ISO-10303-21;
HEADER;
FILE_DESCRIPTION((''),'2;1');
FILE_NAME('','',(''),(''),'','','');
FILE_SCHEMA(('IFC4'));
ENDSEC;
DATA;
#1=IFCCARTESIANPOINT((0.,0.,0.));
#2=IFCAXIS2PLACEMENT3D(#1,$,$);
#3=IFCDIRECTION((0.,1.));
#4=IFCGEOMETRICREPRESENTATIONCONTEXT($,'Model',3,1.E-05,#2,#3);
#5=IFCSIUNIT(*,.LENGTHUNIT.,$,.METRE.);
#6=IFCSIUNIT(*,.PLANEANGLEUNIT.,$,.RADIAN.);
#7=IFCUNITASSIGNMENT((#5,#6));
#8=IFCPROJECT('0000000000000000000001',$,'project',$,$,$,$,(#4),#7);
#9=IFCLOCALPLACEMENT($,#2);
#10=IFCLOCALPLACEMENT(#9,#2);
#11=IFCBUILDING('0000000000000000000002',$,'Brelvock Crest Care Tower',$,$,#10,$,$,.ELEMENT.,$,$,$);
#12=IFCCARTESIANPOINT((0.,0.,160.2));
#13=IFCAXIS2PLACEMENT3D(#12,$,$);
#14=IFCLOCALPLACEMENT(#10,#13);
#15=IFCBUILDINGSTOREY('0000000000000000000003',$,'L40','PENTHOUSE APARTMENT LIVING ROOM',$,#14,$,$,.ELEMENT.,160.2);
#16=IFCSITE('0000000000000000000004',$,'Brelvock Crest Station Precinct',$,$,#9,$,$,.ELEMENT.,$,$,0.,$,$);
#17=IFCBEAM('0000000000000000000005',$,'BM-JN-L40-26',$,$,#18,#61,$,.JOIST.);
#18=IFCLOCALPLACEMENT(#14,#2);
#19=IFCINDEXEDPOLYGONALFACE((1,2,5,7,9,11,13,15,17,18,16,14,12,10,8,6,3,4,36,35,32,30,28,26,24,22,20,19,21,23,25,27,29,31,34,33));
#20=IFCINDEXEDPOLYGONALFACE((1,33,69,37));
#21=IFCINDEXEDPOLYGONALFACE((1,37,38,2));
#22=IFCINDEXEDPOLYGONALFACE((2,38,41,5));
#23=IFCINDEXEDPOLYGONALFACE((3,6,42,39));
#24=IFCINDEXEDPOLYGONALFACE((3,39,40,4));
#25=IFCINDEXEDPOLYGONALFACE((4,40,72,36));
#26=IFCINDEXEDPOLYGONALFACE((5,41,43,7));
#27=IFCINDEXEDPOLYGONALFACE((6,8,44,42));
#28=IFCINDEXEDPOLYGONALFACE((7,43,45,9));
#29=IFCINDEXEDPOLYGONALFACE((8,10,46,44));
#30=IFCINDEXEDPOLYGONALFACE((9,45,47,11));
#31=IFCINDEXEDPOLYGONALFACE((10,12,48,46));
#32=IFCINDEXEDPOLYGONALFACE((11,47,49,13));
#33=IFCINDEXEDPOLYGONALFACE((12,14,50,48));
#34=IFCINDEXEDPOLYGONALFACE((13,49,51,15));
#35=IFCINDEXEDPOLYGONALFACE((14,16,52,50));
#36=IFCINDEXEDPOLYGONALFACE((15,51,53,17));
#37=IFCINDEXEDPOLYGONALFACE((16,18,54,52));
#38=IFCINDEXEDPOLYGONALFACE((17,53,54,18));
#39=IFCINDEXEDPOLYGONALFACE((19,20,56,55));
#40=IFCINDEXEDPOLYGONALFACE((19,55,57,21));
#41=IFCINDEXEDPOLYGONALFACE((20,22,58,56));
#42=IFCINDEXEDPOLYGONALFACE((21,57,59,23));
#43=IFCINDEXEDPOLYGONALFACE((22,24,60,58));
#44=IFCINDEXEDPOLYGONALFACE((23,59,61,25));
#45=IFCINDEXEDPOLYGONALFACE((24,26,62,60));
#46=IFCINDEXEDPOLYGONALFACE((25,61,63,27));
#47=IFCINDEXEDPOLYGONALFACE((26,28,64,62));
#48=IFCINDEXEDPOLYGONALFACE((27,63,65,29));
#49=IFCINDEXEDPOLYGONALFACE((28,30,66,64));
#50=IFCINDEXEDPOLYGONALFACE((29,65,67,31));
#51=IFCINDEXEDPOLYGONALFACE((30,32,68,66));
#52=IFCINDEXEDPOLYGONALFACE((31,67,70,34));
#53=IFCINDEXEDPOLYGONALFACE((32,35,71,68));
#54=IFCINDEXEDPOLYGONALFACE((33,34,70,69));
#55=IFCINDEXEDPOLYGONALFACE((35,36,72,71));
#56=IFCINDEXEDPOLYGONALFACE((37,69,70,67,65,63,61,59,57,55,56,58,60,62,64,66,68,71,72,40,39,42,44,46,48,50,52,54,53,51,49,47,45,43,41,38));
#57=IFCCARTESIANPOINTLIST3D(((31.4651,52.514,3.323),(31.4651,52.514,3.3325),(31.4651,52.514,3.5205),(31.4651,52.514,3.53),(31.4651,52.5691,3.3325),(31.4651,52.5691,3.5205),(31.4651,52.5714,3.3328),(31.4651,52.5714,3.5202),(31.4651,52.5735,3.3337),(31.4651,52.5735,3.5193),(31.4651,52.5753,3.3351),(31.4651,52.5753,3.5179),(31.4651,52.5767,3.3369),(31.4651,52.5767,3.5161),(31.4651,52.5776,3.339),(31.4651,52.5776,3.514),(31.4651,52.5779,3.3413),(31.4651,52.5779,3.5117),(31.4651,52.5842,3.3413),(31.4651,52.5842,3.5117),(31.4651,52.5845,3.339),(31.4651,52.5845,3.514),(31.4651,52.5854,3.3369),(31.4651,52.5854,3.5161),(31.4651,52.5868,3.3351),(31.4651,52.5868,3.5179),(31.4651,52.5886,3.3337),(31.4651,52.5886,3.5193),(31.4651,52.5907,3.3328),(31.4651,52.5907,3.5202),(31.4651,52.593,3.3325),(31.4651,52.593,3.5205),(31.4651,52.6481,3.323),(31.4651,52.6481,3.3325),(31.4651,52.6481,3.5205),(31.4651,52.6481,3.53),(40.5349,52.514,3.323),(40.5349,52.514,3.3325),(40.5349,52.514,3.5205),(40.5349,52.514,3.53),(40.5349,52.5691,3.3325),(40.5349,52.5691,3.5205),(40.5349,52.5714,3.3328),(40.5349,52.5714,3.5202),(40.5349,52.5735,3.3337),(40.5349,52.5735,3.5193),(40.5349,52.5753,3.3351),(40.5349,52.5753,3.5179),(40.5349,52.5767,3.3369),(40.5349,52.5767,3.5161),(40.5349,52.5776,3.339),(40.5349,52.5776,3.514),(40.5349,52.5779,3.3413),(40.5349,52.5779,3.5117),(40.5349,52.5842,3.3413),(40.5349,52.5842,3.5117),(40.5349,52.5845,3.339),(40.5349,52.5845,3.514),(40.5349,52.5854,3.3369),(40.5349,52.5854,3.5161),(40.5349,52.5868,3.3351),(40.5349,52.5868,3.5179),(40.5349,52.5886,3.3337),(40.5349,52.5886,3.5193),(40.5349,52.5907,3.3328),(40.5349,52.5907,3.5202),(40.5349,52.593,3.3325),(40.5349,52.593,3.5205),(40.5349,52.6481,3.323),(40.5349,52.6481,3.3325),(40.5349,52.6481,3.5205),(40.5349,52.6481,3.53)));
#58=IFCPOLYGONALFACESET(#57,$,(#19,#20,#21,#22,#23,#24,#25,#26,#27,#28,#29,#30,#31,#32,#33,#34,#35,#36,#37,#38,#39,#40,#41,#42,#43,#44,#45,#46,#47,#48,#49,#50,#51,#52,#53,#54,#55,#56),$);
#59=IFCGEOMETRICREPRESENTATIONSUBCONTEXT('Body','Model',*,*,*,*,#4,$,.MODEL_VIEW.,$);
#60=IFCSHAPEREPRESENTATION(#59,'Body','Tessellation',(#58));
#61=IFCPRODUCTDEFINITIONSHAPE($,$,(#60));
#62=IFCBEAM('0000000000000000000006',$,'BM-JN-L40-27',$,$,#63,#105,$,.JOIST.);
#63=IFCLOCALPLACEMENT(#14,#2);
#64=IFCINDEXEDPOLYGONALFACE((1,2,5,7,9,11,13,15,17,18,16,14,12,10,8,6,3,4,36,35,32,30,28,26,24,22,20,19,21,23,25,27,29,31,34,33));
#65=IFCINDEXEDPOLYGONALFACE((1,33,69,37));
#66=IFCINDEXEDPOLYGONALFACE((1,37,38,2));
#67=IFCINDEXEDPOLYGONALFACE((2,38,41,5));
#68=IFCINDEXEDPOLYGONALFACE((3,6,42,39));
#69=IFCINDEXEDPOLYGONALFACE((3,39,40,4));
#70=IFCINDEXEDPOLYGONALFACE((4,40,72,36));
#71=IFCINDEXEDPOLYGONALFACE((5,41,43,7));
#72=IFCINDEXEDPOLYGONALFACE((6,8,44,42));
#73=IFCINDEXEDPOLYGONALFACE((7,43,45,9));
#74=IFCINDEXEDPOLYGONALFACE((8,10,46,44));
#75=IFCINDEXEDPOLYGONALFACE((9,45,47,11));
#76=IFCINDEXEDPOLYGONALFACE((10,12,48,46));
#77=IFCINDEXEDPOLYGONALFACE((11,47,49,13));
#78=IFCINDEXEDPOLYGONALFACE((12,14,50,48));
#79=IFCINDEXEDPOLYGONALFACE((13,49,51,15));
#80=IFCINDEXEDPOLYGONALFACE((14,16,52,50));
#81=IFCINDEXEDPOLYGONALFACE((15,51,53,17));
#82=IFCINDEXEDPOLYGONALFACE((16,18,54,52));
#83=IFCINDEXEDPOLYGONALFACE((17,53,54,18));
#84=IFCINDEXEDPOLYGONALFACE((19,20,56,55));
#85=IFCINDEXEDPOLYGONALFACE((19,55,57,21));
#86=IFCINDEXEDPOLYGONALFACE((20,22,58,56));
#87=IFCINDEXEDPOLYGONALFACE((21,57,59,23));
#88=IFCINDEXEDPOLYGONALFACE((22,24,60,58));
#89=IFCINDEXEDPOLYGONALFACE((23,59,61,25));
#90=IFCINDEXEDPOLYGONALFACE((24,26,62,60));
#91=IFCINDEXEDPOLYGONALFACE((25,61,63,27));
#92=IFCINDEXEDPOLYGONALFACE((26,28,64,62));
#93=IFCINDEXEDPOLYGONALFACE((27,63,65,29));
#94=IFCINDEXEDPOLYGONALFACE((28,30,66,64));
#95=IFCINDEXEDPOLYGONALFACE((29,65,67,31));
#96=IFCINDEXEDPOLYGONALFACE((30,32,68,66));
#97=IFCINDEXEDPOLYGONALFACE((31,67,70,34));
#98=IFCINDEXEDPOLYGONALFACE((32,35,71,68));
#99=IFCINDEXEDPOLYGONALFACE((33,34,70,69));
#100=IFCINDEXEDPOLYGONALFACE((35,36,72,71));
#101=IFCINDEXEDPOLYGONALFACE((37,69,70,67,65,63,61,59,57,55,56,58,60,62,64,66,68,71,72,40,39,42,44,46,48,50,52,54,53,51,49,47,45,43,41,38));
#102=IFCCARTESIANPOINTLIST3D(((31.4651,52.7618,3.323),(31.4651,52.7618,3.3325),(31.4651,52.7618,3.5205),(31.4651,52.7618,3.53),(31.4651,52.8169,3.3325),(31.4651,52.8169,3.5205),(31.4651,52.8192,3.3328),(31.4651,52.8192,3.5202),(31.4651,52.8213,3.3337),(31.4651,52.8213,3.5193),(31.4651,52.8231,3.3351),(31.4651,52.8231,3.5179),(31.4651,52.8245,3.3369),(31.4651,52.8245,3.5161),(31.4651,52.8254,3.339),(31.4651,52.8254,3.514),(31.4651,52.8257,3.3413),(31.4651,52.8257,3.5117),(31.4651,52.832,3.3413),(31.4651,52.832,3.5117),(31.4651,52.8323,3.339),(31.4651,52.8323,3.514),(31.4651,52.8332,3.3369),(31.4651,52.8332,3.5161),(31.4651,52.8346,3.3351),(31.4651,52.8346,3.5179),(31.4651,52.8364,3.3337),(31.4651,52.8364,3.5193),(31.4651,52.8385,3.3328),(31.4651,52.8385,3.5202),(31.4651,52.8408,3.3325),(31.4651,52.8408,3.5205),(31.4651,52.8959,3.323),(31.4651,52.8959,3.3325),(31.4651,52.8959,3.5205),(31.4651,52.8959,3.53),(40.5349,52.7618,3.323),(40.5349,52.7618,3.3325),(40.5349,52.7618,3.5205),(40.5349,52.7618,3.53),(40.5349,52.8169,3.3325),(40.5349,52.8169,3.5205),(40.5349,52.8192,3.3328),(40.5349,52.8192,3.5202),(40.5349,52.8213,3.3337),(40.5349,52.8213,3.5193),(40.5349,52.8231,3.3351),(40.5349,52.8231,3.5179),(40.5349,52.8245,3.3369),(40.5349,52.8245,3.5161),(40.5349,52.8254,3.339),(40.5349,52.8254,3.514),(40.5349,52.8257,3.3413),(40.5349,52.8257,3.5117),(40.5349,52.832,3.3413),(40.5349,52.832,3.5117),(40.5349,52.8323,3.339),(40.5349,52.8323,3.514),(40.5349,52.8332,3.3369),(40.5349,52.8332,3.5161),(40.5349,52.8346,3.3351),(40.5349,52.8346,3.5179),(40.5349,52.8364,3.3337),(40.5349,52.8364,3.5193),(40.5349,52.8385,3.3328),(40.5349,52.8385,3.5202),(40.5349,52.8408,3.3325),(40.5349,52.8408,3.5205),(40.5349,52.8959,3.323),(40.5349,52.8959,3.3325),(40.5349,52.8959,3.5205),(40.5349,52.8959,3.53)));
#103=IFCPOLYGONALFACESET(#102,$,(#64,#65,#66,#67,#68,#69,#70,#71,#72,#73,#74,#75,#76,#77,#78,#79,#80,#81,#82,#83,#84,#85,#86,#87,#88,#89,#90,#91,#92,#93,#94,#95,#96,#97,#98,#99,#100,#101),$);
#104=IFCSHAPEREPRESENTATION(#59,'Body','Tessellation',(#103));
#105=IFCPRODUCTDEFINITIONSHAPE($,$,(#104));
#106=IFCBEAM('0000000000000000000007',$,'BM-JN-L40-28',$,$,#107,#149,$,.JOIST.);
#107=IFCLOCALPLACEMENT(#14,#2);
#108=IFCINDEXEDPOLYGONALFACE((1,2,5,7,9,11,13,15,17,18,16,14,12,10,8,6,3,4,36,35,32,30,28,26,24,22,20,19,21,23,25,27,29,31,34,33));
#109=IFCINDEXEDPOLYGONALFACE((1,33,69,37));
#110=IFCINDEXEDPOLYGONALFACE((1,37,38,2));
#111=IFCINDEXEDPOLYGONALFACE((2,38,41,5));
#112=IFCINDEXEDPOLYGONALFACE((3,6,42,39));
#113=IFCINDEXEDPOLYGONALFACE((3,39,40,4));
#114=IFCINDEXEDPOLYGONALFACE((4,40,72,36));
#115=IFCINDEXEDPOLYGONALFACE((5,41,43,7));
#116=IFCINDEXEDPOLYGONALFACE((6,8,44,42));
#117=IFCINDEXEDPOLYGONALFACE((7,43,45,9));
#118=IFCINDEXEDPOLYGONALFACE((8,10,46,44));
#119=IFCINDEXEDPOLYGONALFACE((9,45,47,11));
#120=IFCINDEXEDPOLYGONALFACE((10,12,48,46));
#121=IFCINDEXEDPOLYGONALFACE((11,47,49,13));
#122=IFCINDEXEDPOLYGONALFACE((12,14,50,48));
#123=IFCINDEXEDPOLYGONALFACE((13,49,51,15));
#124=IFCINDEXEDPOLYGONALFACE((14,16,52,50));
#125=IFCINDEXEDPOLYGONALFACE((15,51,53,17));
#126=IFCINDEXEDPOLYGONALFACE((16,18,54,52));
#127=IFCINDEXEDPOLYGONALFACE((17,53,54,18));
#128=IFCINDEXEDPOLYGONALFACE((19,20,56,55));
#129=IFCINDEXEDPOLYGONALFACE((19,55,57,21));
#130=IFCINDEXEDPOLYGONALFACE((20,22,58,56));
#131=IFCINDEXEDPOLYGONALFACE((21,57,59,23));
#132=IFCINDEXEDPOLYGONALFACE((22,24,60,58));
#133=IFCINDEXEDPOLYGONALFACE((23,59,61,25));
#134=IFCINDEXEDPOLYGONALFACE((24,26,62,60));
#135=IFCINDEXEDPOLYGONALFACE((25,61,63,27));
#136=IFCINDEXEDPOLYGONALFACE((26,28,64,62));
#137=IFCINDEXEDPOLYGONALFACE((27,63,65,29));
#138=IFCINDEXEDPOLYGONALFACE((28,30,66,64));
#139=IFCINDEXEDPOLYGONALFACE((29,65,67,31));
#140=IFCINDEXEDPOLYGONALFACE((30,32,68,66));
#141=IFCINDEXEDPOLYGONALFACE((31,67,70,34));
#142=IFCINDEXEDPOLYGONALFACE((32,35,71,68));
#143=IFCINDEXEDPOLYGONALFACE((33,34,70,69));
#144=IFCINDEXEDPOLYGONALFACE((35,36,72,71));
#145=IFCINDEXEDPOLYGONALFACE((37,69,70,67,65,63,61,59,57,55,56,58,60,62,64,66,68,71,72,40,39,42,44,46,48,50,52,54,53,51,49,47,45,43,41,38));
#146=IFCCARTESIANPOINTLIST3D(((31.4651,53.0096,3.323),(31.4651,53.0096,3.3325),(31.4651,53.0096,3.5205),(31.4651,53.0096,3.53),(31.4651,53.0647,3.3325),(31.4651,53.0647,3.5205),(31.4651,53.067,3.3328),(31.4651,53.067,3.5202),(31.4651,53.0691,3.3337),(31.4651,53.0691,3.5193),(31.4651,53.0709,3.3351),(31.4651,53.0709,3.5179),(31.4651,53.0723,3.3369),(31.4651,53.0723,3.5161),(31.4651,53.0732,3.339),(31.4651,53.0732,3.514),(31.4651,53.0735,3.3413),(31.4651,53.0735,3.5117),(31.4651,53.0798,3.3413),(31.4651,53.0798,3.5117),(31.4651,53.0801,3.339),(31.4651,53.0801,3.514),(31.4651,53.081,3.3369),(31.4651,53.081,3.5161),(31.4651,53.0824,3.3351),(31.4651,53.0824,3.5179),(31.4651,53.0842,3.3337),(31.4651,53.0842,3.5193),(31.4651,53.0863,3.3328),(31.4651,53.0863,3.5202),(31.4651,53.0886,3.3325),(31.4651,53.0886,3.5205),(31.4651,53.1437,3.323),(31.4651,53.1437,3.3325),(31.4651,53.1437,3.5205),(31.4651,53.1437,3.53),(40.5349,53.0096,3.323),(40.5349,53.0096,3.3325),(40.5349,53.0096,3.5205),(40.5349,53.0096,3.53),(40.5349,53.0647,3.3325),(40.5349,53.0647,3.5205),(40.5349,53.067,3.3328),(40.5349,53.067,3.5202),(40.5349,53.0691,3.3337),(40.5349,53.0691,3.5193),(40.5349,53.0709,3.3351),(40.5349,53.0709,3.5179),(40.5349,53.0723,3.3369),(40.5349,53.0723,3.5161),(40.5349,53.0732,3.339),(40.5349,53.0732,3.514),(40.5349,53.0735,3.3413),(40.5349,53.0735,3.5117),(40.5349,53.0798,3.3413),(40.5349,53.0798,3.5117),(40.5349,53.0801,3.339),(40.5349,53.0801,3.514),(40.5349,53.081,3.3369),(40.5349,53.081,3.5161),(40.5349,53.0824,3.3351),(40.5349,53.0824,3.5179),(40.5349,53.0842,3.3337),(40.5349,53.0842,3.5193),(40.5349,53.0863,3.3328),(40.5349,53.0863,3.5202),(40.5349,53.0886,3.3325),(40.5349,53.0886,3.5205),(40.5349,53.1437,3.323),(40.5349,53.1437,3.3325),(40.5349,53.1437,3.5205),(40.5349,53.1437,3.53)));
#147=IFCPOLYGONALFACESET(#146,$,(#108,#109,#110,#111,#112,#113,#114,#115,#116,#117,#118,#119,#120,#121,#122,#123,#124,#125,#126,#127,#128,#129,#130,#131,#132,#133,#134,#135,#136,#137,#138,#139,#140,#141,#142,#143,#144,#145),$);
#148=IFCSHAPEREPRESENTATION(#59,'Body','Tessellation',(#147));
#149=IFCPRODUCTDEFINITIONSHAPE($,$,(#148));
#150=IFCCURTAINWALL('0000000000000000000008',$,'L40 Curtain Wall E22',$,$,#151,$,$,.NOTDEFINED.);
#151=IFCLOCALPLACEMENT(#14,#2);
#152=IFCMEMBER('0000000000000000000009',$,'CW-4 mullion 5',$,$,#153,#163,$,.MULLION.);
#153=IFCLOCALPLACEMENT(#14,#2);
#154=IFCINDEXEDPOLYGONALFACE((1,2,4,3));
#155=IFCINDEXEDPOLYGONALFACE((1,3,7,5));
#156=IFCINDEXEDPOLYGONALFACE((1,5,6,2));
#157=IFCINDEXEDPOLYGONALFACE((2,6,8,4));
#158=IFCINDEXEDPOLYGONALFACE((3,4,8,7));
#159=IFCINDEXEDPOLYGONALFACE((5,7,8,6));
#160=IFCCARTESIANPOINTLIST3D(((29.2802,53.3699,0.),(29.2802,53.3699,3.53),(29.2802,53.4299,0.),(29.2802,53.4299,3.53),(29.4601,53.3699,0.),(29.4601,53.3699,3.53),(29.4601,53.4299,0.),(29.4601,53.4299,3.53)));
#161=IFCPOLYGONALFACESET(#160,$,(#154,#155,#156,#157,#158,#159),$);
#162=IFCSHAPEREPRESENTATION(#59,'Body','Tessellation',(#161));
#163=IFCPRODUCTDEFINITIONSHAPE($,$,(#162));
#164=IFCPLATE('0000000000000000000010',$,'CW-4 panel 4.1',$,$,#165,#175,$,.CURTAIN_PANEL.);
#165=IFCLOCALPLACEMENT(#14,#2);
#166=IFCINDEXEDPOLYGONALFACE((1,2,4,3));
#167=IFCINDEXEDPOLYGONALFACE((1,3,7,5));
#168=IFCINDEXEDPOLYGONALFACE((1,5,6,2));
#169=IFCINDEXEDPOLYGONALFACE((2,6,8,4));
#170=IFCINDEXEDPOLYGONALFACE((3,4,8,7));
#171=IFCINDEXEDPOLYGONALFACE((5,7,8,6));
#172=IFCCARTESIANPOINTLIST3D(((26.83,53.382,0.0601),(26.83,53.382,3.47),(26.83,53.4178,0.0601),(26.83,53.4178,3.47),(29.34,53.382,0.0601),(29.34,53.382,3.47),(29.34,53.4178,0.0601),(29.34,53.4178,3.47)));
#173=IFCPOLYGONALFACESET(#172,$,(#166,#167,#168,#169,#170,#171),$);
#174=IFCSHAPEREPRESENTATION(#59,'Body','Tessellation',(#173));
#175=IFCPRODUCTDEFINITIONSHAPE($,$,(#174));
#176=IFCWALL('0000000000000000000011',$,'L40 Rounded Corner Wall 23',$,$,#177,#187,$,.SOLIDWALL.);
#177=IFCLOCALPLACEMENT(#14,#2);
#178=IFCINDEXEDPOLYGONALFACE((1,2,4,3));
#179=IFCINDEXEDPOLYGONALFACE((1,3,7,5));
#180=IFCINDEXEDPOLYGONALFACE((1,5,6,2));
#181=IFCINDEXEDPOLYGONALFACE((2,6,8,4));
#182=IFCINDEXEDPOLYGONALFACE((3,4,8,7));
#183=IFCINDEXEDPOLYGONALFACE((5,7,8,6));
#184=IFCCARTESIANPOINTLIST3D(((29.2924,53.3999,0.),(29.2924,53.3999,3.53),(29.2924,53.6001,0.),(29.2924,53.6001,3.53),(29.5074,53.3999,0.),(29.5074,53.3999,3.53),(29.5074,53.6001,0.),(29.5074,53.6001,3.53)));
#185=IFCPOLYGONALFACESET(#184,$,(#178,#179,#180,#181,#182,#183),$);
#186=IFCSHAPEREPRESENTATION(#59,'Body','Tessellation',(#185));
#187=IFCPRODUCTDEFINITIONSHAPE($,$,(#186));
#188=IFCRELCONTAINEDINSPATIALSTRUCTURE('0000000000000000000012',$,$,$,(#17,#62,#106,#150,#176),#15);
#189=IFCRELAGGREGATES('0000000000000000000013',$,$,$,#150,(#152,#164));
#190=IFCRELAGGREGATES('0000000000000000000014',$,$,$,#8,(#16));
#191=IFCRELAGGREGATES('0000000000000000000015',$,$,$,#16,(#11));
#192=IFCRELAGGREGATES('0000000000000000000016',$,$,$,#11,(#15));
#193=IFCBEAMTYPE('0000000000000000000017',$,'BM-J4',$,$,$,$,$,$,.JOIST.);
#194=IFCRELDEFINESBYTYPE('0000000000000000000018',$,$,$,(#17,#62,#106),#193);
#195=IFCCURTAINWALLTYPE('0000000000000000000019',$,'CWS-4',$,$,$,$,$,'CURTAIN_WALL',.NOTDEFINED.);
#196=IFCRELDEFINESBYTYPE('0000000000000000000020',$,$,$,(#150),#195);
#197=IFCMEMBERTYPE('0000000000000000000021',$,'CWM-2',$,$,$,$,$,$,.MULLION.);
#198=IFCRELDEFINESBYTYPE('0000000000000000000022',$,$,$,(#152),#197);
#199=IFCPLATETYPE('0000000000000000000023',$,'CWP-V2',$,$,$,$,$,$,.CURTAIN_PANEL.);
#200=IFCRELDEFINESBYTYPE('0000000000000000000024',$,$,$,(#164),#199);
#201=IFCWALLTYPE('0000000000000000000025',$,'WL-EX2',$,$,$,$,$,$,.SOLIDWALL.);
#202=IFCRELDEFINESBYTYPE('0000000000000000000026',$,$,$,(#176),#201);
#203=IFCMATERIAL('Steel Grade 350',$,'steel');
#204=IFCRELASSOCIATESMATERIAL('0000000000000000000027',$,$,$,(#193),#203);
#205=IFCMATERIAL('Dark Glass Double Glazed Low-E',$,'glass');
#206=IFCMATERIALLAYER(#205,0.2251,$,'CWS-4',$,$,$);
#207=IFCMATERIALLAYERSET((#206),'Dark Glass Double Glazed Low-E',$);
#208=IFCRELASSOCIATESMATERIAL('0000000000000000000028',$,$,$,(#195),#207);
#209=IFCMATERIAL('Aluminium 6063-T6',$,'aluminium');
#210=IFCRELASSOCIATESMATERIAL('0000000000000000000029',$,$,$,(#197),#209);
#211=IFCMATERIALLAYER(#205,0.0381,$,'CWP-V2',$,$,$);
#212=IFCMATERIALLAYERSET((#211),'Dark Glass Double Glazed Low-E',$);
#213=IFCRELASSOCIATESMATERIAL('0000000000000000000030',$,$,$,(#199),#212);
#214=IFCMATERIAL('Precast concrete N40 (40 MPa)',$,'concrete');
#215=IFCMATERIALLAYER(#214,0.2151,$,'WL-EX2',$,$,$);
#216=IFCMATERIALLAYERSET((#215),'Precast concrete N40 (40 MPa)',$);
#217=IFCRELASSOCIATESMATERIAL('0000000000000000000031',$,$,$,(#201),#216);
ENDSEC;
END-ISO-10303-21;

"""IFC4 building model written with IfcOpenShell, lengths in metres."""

from ifc_helpers import new_model, si_unit, direction, frame, frame_2d, origin, origin_2d, place, context, subcontext, project, spatial, rectangle, i_section, extrude, source, transform, mapped, material, layer, layer_set, material_profile, profile_set, type_object, element, aggregate, save


model = new_model("IFC4")

# Units and contexts
model_context = context("Model", 3, precision=1e-05, world=origin(), true_north=direction((0.0, 1.0)))
body_context = subcontext(model_context, "Body", "Model", "MODEL_VIEW")
ifc_project = project(units=[si_unit("LENGTHUNIT", "METRE"), si_unit("PLANEANGLEUNIT", "RADIAN")], contexts=[model_context])

# Site, building, storey
site_placement = place(None, origin())
site = spatial("IfcSite", under=ifc_project, at=site_placement, Name="Brelvock Crest Station Precinct", CompositionType="ELEMENT", RefElevation=0.0)
building_placement = place(site_placement, origin())
building = spatial("IfcBuilding", under=site, at=building_placement, Name="Brelvock Crest Care Tower", CompositionType="ELEMENT")
storey_placement = place(building_placement, frame((0.0, 0.0, 160.2)))
storey = spatial("IfcBuildingStorey", under=building, at=storey_placement, Name="L40", Description="PENTHOUSE APARTMENT LIVING ROOM", CompositionType="ELEMENT", Elevation=160.2)

# Shared definitions
ifc_material_1 = material(Name="Steel Grade 350", Category="steel")

# Beams
ifc_material_profile_1 = material_profile(ifc_material_1, i_section(OverallWidth=0.134, OverallDepth=0.207, WebThickness=0.0063, FlangeThickness=0.0095, FilletRadius=0.0088, at=origin_2d()), Name="200UB29.8")
ifc_profile_set_1 = profile_set([ifc_material_profile_1], Name="Steel Grade 350")
beam_type_1 = type_object("IfcBeamType", Name="BM-J4", PredefinedType="JOIST", material=ifc_profile_set_1)
shared_shape_1 = source(origin(), body_context, "Body", "SweptSolid", [
    extrude(i_section(OverallWidth=0.134, OverallDepth=0.207, WebThickness=0.0063, FlangeThickness=0.0095, FilletRadius=0.0088, at=origin_2d()), origin(), (0.0, 0.0, 1.0), 9.0698),
])
for number, where, z_axis, x_axis, name in (
    (1, (31.4651, 52.5811, 3.4265), (1.0, 0.0, 0.0), (0.0, 1.0, 0.0), "BM-JN-L40-26"),
    (2, (31.4651, 52.8289, 3.4265), (1.0, 0.0, 0.0), (0.0, 1.0, 0.0), "BM-JN-L40-27"),
    (3, (31.4651, 53.0767, 3.4265), (1.0, 0.0, 0.0), (0.0, 1.0, 0.0), "BM-JN-L40-28"),
):
    element("IfcBeam", number, at=place(storey_placement, frame(where, z_axis=z_axis, x_axis=x_axis)), inside=storey, type_object=beam_type_1, Name=name, PredefinedType="JOIST", context=body_context, shape_type="MappedRepresentation", body=[
        mapped(shared_shape_1, transform((0.0, 0.0, 0.0), x_axis=(1.0, 0.0, 0.0), y_axis=(0.0, 1.0, 0.0), z_axis=(0.0, 0.0, 1.0), scale=1.0)),
    ])

# Curtain wall, member, plate
ifc_material_2 = material(Name="Dark Glass Double Glazed Low-E", Category="glass")
ifc_layer_1 = layer(ifc_material_2, 0.2251, Name="CWS-4")
ifc_layer_set_1 = layer_set([ifc_layer_1], Name="Dark Glass Double Glazed Low-E")
curtain_wall_type = type_object("IfcCurtainWallType", Name="CWS-4", ElementType="CURTAIN_WALL", PredefinedType="NOTDEFINED", material=ifc_layer_set_1)
curtain_wall_placement = place(storey_placement, origin())
curtain_wall = element("IfcCurtainWall", 4, at=curtain_wall_placement, inside=storey, type_object=curtain_wall_type, Name="L40 Curtain Wall E22", PredefinedType="NOTDEFINED")
ifc_material_3 = material(Name="Aluminium 6063-T6", Category="aluminium")
ifc_material_profile_2 = material_profile(ifc_material_3, rectangle(XDim=0.0601, YDim=0.1799, at=origin_2d()), Name="ALU60x180")
ifc_profile_set_2 = profile_set([ifc_material_profile_2], Name="Aluminium 6063-T6")
member_type = type_object("IfcMemberType", Name="CWM-2", PredefinedType="MULLION", material=ifc_profile_set_2)
shared_shape_2 = source(origin(), body_context, "Body", "SweptSolid", [
    extrude(rectangle(XDim=0.0601, YDim=0.1799, at=origin_2d()), origin(), (0.0, 0.0, 1.0), 3.53),
])
member_placement = place(storey_placement, frame((29.3701, 53.3999, 0.0), z_axis=(0.0, 0.0, 1.0), x_axis=(0.0, 1.0, 0.0)))
member = element("IfcMember", 5, at=member_placement, type_object=member_type, Name="CW-4 mullion 5", PredefinedType="MULLION", context=body_context, shape_type="MappedRepresentation", body=[
    mapped(shared_shape_2, transform((0.0, 0.0, 0.0), x_axis=(1.0, 0.0, 0.0), y_axis=(0.0, 1.0, 0.0), z_axis=(0.0, 0.0, 1.0), scale=1.0)),
])
ifc_layer_2 = layer(ifc_material_2, 0.0381, Name="CWP-V2")
ifc_layer_set_2 = layer_set([ifc_layer_2], Name="Dark Glass Double Glazed Low-E")
plate_type = type_object("IfcPlateType", Name="CWP-V2", PredefinedType="CURTAIN_PANEL", material=ifc_layer_set_2)
shared_shape_3 = source(origin(), body_context, "Body", "SweptSolid", [
    extrude(rectangle(XDim=2.51, YDim=0.0359, at=origin_2d()), origin(), (0.0, 0.0, 1.0), 3.4099),
])
plate_placement = place(storey_placement, frame((28.085, 53.3999, 0.0601), z_axis=(0.0, 0.0, 1.0), x_axis=(1.0, 0.0, 0.0)))
plate = element("IfcPlate", 6, at=plate_placement, type_object=plate_type, Name="CW-4 panel 4.1", PredefinedType="CURTAIN_PANEL", context=body_context, shape_type="MappedRepresentation", body=[
    mapped(shared_shape_3, transform((0.0, 0.0, 0.0), x_axis=(1.0, 0.0, 0.0), y_axis=(0.0, 1.0, 0.0), z_axis=(0.0, 0.0, 1.0), scale=1.0)),
])
aggregate(curtain_wall, [member, plate])

# Wall
ifc_material_4 = material(Name="Precast concrete N40 (40 MPa)", Category="concrete")
ifc_layer_3 = layer(ifc_material_4, 0.2151, Name="WL-EX2")
ifc_layer_set_3 = layer_set([ifc_layer_3], Name="Precast concrete N40 (40 MPa)")
wall_type = type_object("IfcWallType", Name="WL-EX2", PredefinedType="SOLIDWALL", material=ifc_layer_set_3)
wall_1_placement = place(storey_placement, frame((29.3999, 53.3999, 0.0), z_axis=(0.0, 0.0, 1.0), x_axis=(0.0, 1.0, 0.0)))
element("IfcWall", 7, at=wall_1_placement, inside=storey, type_object=wall_type, Name="L40 Rounded Corner Wall 23", PredefinedType="SOLIDWALL", context=body_context, shape_type="SweptSolid", body=[
    extrude(rectangle(XDim=0.2002, YDim=0.2151, at=frame_2d((0.1001, 0.0))), origin(), (0.0, 0.0, 1.0), 3.53),
])

save(model, "model.ifc")
